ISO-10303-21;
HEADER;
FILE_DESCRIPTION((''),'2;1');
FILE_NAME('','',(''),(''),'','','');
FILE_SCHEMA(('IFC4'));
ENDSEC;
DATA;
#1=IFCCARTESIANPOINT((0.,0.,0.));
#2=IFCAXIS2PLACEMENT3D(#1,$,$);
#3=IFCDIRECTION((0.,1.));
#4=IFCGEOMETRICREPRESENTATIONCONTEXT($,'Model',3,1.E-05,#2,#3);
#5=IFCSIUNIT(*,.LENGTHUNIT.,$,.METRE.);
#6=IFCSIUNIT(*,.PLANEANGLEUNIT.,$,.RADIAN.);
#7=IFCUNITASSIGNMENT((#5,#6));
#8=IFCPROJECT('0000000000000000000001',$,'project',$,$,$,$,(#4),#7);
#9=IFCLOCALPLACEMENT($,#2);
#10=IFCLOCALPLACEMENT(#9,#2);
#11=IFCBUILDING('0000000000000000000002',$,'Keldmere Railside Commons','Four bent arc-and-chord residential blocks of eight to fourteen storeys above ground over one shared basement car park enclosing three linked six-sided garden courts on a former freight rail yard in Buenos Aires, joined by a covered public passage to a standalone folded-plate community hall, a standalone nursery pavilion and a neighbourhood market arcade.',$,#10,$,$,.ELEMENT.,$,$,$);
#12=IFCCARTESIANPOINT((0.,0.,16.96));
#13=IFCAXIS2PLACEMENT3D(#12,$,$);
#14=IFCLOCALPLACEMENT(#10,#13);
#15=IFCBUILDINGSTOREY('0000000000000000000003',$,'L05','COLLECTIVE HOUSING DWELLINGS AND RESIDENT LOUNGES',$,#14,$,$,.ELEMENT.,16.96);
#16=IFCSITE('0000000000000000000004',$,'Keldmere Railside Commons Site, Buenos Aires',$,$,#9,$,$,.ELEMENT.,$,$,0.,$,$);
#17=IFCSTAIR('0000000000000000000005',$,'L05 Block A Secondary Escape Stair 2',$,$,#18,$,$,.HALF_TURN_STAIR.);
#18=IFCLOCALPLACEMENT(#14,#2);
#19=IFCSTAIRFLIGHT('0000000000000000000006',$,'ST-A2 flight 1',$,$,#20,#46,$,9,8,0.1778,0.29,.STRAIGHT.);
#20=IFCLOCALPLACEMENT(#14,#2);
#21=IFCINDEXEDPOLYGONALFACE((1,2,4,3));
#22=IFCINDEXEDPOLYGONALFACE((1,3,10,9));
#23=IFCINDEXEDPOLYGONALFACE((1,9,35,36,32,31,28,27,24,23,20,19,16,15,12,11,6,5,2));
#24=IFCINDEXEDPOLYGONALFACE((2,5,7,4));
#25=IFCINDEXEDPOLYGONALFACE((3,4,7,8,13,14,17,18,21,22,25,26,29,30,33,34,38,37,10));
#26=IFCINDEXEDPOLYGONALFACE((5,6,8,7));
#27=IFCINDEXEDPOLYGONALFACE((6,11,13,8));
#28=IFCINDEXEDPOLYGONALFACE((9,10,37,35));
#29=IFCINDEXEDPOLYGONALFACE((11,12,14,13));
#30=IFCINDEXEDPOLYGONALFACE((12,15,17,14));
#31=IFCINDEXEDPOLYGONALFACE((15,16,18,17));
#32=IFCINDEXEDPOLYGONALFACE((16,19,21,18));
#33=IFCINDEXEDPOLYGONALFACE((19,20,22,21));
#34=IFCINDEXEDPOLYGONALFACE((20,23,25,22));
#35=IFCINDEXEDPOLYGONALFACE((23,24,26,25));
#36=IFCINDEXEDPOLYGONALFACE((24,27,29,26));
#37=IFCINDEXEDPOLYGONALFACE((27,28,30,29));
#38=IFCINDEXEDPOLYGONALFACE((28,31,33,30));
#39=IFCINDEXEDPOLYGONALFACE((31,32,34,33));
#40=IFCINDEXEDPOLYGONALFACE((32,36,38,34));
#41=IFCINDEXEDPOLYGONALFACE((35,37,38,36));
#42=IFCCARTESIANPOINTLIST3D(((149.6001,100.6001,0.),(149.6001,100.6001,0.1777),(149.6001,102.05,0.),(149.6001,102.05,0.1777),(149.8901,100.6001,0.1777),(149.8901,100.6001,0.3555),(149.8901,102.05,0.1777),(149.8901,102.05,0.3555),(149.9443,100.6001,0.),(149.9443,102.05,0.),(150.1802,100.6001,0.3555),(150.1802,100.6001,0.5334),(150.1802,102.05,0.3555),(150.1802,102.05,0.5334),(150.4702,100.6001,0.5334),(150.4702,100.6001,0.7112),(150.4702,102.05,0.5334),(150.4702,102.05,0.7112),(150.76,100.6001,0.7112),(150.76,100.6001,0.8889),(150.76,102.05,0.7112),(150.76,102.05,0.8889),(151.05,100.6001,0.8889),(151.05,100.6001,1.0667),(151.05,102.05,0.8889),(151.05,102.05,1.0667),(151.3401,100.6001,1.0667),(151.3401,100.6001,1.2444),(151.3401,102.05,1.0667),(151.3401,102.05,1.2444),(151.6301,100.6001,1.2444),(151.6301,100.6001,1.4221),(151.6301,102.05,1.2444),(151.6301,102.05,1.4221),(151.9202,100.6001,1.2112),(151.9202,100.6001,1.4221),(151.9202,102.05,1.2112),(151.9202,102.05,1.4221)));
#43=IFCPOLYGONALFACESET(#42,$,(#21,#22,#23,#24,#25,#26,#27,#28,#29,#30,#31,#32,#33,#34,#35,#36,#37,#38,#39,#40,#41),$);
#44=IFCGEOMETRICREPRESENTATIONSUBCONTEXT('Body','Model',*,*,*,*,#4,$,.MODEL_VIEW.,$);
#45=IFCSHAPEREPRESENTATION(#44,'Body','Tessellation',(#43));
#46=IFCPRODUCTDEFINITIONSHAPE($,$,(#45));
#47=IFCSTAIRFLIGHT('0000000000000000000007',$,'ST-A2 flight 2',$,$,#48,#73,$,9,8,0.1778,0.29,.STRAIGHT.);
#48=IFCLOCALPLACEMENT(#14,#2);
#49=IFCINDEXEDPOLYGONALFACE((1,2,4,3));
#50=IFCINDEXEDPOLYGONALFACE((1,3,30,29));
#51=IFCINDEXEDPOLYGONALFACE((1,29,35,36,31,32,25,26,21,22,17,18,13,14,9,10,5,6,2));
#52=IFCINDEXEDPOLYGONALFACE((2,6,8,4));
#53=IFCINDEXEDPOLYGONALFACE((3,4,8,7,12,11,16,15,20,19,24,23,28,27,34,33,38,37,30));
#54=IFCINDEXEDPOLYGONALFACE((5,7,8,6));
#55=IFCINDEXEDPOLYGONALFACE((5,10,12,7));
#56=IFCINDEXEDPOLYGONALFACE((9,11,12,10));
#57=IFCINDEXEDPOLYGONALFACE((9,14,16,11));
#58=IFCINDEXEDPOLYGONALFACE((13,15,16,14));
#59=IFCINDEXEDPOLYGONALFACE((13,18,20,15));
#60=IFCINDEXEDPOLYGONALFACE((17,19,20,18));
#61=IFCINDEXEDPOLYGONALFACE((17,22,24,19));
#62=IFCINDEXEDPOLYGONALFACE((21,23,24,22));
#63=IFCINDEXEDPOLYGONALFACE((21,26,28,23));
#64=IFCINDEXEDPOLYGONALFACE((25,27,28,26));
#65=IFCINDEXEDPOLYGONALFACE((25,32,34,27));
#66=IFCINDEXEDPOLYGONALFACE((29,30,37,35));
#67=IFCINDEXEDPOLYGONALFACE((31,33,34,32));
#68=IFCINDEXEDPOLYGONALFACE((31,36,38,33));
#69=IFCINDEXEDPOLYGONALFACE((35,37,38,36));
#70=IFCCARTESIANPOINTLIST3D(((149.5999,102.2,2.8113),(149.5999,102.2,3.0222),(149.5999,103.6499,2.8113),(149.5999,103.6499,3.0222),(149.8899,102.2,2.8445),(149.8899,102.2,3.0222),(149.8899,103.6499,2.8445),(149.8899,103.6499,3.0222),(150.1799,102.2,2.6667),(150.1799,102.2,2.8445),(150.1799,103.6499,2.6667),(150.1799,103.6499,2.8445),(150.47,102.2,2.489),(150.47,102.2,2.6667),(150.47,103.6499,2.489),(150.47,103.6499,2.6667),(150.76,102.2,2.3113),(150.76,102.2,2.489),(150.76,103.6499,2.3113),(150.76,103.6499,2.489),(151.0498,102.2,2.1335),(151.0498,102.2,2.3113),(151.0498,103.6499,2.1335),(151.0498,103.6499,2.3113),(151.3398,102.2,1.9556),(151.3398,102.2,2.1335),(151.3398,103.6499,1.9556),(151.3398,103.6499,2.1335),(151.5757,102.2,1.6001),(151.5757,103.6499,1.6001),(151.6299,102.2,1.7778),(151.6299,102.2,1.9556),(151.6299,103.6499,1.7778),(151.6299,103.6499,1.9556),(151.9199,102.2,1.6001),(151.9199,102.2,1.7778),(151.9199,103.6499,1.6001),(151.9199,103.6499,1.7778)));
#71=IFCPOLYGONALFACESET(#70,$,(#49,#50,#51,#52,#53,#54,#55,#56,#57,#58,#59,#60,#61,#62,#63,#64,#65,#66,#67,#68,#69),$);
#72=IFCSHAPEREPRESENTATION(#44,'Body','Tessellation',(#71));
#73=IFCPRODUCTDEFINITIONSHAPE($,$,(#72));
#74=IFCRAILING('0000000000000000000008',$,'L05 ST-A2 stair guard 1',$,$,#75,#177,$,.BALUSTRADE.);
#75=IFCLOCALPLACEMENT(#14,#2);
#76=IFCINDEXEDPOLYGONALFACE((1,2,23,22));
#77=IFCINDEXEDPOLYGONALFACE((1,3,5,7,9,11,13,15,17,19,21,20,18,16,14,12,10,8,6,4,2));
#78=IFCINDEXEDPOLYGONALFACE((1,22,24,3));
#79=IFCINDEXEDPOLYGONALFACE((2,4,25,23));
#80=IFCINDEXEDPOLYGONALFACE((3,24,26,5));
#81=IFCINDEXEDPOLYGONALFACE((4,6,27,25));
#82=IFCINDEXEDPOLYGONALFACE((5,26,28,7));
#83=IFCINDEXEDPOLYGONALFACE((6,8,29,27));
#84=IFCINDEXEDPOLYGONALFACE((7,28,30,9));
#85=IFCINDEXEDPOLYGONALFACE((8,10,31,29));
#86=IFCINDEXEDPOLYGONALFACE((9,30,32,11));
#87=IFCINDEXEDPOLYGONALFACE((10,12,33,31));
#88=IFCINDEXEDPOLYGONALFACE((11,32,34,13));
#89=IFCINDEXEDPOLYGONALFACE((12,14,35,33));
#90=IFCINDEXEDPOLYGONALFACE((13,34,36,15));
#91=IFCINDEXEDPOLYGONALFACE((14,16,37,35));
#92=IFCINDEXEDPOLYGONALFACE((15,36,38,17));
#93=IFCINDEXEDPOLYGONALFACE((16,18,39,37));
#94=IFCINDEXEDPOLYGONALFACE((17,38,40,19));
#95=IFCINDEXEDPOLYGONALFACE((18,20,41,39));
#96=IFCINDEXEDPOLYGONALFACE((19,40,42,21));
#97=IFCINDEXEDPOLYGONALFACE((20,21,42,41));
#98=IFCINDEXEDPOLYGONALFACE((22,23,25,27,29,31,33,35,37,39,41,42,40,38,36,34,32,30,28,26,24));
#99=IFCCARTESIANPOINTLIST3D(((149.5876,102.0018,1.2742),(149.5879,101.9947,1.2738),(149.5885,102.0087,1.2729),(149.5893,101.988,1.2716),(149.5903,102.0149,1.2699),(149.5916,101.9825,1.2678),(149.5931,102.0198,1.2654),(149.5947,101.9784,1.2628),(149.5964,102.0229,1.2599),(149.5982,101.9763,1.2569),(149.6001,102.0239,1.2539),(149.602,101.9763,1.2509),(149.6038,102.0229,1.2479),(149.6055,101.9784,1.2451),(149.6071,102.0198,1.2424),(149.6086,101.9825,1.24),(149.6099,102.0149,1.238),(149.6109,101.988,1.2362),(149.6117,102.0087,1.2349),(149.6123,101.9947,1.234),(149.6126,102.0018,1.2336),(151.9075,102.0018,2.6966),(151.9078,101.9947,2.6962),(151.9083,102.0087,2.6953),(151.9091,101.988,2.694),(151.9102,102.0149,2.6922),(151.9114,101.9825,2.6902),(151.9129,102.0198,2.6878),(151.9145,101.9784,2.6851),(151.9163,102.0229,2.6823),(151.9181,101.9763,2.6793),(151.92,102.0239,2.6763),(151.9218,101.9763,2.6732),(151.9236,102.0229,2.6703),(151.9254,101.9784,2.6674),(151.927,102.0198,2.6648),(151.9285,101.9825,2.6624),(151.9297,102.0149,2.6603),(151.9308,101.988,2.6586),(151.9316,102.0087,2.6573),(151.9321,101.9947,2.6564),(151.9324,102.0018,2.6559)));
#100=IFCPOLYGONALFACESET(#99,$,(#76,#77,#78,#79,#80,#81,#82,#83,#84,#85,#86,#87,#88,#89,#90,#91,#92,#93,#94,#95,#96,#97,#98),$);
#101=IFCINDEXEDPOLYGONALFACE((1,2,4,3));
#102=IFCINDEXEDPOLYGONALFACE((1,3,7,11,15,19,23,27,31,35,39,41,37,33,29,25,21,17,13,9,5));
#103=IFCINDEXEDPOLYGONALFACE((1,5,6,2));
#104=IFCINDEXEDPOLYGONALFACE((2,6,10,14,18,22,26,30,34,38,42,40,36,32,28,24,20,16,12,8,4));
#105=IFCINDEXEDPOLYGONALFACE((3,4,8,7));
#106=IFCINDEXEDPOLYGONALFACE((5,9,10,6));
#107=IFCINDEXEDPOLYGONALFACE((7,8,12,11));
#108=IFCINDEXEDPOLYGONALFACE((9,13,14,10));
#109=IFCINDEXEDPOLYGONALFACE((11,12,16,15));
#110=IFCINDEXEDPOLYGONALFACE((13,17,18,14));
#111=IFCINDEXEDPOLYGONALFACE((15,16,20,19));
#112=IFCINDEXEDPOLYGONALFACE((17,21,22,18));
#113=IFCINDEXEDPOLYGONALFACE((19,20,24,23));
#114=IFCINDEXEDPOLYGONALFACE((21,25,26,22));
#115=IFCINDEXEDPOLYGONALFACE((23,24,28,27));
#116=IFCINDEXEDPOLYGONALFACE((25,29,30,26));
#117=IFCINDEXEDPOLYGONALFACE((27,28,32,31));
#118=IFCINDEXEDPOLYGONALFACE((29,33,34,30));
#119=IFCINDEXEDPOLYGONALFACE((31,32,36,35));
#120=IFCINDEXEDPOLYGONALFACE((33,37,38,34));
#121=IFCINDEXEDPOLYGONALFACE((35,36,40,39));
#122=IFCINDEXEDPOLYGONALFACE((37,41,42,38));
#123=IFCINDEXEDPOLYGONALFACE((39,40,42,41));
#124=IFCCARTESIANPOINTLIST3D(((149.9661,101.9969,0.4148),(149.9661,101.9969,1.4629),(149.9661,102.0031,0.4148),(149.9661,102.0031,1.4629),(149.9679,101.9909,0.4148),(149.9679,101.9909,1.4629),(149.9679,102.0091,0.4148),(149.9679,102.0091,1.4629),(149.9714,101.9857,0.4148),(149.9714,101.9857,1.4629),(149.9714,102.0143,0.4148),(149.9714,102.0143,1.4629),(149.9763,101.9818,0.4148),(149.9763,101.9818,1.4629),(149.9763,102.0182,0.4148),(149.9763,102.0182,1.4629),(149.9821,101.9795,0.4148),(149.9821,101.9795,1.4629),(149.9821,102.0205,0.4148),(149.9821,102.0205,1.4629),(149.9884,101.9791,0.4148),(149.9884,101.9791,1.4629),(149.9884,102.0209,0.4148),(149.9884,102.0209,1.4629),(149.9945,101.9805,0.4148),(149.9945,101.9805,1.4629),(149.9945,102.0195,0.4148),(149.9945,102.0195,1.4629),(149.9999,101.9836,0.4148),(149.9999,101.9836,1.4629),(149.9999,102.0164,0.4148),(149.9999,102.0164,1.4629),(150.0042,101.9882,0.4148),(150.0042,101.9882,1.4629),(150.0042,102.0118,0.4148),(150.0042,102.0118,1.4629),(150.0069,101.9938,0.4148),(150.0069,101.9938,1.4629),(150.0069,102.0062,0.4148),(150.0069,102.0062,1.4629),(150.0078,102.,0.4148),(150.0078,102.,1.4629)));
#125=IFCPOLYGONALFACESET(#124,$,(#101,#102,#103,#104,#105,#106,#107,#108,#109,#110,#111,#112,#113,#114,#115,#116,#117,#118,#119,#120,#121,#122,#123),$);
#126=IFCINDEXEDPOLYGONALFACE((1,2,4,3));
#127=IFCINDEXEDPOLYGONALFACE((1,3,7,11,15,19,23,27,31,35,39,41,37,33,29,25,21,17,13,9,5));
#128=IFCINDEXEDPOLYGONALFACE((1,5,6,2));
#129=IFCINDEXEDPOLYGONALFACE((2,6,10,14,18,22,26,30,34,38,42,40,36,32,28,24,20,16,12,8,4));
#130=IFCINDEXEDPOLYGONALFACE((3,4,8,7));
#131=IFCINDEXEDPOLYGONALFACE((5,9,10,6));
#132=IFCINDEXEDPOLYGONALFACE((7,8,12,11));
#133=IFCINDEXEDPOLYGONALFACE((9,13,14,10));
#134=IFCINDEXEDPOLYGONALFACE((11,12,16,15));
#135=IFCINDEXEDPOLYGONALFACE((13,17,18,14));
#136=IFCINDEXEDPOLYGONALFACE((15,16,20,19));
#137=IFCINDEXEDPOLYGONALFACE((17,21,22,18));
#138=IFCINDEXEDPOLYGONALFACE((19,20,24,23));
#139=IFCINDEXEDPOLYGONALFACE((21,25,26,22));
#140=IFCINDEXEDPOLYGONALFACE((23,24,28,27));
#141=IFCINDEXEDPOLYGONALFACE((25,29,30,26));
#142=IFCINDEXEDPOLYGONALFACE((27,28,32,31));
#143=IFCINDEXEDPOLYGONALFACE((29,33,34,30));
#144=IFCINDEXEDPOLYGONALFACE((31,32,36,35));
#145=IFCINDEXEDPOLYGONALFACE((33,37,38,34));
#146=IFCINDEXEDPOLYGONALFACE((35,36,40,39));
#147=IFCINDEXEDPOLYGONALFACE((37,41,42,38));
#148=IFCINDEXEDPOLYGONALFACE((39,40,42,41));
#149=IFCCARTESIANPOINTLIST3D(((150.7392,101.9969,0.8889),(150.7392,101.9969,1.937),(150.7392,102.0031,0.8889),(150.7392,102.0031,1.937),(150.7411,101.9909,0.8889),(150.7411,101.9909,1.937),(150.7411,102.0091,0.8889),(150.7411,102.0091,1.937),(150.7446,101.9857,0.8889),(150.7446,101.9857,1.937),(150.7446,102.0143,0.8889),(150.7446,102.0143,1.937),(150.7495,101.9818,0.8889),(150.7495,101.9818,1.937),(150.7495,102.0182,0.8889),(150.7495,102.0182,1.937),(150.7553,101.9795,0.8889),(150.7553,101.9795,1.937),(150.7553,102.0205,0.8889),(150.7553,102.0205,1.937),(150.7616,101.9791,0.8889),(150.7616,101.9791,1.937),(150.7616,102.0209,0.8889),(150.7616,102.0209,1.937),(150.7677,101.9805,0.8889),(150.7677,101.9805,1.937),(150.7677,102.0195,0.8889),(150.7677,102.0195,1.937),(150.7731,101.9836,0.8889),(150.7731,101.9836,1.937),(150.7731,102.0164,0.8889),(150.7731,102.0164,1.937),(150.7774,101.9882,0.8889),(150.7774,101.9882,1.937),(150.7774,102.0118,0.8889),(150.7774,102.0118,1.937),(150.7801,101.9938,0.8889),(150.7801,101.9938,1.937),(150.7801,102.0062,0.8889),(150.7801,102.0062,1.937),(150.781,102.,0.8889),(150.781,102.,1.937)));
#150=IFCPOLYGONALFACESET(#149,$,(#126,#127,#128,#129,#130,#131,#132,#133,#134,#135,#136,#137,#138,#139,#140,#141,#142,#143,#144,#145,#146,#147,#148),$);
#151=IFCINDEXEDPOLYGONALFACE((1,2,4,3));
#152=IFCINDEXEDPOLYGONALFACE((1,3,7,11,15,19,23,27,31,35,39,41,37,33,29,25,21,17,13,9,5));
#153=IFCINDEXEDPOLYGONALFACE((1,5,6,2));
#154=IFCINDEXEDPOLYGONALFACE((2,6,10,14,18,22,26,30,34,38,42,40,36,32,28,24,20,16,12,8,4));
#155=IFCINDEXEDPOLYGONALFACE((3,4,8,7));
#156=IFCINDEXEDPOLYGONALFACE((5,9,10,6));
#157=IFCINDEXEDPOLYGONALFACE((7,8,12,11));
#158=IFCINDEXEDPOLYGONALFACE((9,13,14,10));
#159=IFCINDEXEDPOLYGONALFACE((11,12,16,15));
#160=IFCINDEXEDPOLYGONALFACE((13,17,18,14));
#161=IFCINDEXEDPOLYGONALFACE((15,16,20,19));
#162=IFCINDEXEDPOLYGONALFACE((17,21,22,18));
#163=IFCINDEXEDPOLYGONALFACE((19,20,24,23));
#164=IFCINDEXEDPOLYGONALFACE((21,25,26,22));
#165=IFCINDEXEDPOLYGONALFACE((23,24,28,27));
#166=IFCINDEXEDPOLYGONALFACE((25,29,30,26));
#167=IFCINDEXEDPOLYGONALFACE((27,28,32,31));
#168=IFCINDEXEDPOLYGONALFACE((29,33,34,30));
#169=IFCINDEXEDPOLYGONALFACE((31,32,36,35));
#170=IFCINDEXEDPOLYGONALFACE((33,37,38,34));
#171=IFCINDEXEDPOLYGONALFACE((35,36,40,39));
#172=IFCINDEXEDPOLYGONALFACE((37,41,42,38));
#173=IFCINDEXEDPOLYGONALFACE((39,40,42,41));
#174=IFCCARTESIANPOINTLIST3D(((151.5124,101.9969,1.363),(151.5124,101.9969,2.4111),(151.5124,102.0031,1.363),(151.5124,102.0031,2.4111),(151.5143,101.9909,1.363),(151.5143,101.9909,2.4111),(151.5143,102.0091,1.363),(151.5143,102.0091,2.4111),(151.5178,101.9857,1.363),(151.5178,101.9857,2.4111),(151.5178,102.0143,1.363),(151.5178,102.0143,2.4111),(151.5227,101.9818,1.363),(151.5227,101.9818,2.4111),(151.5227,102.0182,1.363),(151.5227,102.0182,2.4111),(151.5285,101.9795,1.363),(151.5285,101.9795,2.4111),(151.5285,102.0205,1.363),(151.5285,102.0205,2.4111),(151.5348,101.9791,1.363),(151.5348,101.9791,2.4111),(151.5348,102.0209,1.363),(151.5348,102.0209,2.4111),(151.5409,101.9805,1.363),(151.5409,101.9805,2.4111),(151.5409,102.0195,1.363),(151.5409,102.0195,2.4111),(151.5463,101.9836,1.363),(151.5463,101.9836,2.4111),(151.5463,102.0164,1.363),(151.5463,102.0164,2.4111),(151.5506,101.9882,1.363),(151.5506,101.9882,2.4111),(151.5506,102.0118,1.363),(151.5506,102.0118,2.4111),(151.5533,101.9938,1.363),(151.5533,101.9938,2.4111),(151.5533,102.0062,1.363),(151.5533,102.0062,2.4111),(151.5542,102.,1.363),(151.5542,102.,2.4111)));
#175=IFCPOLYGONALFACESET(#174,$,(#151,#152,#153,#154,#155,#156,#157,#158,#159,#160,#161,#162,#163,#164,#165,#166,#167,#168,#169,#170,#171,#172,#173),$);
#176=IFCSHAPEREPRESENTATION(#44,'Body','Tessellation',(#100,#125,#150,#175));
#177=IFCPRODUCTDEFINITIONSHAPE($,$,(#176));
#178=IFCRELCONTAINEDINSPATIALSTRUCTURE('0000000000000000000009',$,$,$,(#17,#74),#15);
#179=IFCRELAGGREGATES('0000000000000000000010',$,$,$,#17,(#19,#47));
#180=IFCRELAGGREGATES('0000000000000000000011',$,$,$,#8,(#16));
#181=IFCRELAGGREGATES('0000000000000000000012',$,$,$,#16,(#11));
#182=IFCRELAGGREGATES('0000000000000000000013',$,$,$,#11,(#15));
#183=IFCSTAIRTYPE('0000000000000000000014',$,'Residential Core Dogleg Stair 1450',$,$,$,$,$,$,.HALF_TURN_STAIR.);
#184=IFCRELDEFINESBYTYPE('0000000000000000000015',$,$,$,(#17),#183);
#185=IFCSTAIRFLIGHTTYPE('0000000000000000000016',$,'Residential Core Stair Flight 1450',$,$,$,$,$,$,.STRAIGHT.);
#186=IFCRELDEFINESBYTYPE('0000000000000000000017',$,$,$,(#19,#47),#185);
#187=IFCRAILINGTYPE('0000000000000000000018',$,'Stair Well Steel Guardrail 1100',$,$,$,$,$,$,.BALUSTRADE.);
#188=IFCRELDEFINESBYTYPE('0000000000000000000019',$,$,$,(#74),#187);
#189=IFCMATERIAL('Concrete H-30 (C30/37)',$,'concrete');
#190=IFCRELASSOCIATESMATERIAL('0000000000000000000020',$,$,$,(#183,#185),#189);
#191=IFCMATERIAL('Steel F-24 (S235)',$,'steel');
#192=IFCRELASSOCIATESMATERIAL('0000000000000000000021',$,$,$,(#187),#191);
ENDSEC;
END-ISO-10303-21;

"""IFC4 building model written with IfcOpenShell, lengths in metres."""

from ifc_helpers import new_model, si_unit, direction, frame, origin, origin_2d, place, context, subcontext, project, spatial, polyline, circle, outline, extrude, material, type_object, element, aggregate, save


model = new_model("IFC4")

# Units and contexts
model_context = context("Model", 3, precision=1e-05, world=origin(), true_north=direction((0.0, 1.0)))
body_context = subcontext(model_context, "Body", "Model", "MODEL_VIEW")
ifc_project = project(units=[si_unit("LENGTHUNIT", "METRE"), si_unit("PLANEANGLEUNIT", "RADIAN")], contexts=[model_context])

# Site, building, storey
site_placement = place(None, origin())
site = spatial("IfcSite", under=ifc_project, at=site_placement, Name="Keldmere Railside Commons Site, Buenos Aires", CompositionType="ELEMENT", RefElevation=0.0)
building_placement = place(site_placement, origin())
building = spatial("IfcBuilding", under=site, at=building_placement, Name="Keldmere Railside Commons", Description="Four bent arc-and-chord residential blocks of eight to fourteen storeys above ground over one shared basement car park enclosing three linked six-sided garden courts on a former freight rail yard in Buenos Aires, joined by a covered public passage to a standalone folded-plate community hall, a standalone nursery pavilion and a neighbourhood market arcade.", CompositionType="ELEMENT")
storey_placement = place(building_placement, frame((0.0, 0.0, 16.96)))
storey = spatial("IfcBuildingStorey", under=building, at=storey_placement, Name="L05", Description="COLLECTIVE HOUSING DWELLINGS AND RESIDENT LOUNGES", CompositionType="ELEMENT", Elevation=16.96)

# Shared definitions
ifc_material_1 = material(Name="Steel F-24 (S235)", Category="steel")

# Stair, stair flights
ifc_material_2 = material(Name="Concrete H-30 (C30/37)", Category="concrete")
stair_type = type_object("IfcStairType", Name="Residential Core Dogleg Stair 1450", PredefinedType="HALF_TURN_STAIR", material=ifc_material_2)
stair_placement = place(storey_placement, origin())
stair = element("IfcStair", 1, at=stair_placement, inside=storey, type_object=stair_type, Name="L05 Block A Secondary Escape Stair 2", PredefinedType="HALF_TURN_STAIR")
stair_flight_type = type_object("IfcStairFlightType", Name="Residential Core Stair Flight 1450", PredefinedType="STRAIGHT", material=ifc_material_2)
stair_flight_1_placement = place(storey_placement, frame((149.6001, 101.325, 0.0), z_axis=(0.0, 0.0, 1.0), x_axis=(1.0, 0.0, 0.0)))
stair_flight_1 = element("IfcStairFlight", 2, at=stair_flight_1_placement, type_object=stair_flight_type, Name="ST-A2 flight 1", NumberOfRisers=9, NumberOfTreads=8, PredefinedType="STRAIGHT", RiserHeight=0.1778, TreadLength=0.29, context=body_context, shape_type="SweptSolid", body=[
    extrude(outline(polyline([(0.0, 0.0), (0.0, 0.1777), (0.29, 0.1777), (0.29, 0.3555), (0.5801, 0.3555), (0.5801, 0.5334), (0.8701, 0.5334), (0.8701, 0.7112), (1.1599, 0.7112), (1.1599, 0.8889), (1.45, 0.8889), (1.45, 1.0667), (1.74, 1.0667), (1.74, 1.2444), (2.03, 1.2444), (2.03, 1.4221), (2.3201, 1.4221), (2.3201, 1.6001), (2.3201, 1.2112), (0.3442, 0.0), (0.0, 0.0)])), frame((0.0, 0.7251, 0.0), z_axis=(0.0, -1.0, 0.0), x_axis=(1.0, 0.0, 0.0)), (0.0, 0.0, 1.0), 1.45),
])
stair_flight_2_placement = place(storey_placement, frame((151.9199, 102.925, 1.6001), z_axis=(0.0, 0.0, 1.0), x_axis=(-1.0, 0.0, 0.0)))
stair_flight_2 = element("IfcStairFlight", 3, at=stair_flight_2_placement, type_object=stair_flight_type, Name="ST-A2 flight 2", NumberOfRisers=9, NumberOfTreads=8, PredefinedType="STRAIGHT", RiserHeight=0.1778, TreadLength=0.29, context=body_context, shape_type="SweptSolid", body=[
    extrude(outline(polyline([(0.0, 0.0), (0.0, 0.1777), (0.29, 0.1777), (0.29, 0.3555), (0.5801, 0.3555), (0.5801, 0.5334), (0.8701, 0.5334), (0.8701, 0.7112), (1.1599, 0.7112), (1.1599, 0.8889), (1.45, 0.8889), (1.45, 1.0667), (1.74, 1.0667), (1.74, 1.2444), (2.03, 1.2444), (2.03, 1.4221), (2.3201, 1.4221), (2.3201, 1.6001), (2.3201, 1.2112), (0.3442, 0.0), (0.0, 0.0)])), frame((0.0, 0.7251, 0.0), z_axis=(0.0, -1.0, 0.0), x_axis=(1.0, 0.0, 0.0)), (0.0, 0.0, 1.0), 1.45),
])
aggregate(stair, [stair_flight_1, stair_flight_2])

# Railing
railing_type_1 = type_object("IfcRailingType", Name="Stair Well Steel Guardrail 1100", PredefinedType="BALUSTRADE", material=ifc_material_1)
railing_1_placement = place(storey_placement, frame((149.6001, 102.0, 0.1777)))
element("IfcRailing", 4, at=railing_1_placement, inside=storey, type_object=railing_type_1, Name="L05 ST-A2 stair guard 1", PredefinedType="BALUSTRADE", context=body_context, shape_type="SweptSolid", body=[
    extrude(circle(Radius=0.0239, at=origin_2d()), frame((0.0, 0.0, 1.0762), z_axis=(0.852514, 0.0, 0.522705), x_axis=(0.0, 1.0, 0.0)), (0.0, 0.0, 1.0), 2.7212),
    extrude(circle(Radius=0.021, at=origin_2d()), frame((0.3867, 0.0, 0.2371)), (0.0, 0.0, 1.0), 1.0481),
    extrude(circle(Radius=0.021, at=origin_2d()), frame((1.1599, 0.0, 0.7112)), (0.0, 0.0, 1.0), 1.0481),
    extrude(circle(Radius=0.021, at=origin_2d()), frame((1.9331, 0.0, 1.1853)), (0.0, 0.0, 1.0), 1.0481),
])

save(model, "model.ifc")
